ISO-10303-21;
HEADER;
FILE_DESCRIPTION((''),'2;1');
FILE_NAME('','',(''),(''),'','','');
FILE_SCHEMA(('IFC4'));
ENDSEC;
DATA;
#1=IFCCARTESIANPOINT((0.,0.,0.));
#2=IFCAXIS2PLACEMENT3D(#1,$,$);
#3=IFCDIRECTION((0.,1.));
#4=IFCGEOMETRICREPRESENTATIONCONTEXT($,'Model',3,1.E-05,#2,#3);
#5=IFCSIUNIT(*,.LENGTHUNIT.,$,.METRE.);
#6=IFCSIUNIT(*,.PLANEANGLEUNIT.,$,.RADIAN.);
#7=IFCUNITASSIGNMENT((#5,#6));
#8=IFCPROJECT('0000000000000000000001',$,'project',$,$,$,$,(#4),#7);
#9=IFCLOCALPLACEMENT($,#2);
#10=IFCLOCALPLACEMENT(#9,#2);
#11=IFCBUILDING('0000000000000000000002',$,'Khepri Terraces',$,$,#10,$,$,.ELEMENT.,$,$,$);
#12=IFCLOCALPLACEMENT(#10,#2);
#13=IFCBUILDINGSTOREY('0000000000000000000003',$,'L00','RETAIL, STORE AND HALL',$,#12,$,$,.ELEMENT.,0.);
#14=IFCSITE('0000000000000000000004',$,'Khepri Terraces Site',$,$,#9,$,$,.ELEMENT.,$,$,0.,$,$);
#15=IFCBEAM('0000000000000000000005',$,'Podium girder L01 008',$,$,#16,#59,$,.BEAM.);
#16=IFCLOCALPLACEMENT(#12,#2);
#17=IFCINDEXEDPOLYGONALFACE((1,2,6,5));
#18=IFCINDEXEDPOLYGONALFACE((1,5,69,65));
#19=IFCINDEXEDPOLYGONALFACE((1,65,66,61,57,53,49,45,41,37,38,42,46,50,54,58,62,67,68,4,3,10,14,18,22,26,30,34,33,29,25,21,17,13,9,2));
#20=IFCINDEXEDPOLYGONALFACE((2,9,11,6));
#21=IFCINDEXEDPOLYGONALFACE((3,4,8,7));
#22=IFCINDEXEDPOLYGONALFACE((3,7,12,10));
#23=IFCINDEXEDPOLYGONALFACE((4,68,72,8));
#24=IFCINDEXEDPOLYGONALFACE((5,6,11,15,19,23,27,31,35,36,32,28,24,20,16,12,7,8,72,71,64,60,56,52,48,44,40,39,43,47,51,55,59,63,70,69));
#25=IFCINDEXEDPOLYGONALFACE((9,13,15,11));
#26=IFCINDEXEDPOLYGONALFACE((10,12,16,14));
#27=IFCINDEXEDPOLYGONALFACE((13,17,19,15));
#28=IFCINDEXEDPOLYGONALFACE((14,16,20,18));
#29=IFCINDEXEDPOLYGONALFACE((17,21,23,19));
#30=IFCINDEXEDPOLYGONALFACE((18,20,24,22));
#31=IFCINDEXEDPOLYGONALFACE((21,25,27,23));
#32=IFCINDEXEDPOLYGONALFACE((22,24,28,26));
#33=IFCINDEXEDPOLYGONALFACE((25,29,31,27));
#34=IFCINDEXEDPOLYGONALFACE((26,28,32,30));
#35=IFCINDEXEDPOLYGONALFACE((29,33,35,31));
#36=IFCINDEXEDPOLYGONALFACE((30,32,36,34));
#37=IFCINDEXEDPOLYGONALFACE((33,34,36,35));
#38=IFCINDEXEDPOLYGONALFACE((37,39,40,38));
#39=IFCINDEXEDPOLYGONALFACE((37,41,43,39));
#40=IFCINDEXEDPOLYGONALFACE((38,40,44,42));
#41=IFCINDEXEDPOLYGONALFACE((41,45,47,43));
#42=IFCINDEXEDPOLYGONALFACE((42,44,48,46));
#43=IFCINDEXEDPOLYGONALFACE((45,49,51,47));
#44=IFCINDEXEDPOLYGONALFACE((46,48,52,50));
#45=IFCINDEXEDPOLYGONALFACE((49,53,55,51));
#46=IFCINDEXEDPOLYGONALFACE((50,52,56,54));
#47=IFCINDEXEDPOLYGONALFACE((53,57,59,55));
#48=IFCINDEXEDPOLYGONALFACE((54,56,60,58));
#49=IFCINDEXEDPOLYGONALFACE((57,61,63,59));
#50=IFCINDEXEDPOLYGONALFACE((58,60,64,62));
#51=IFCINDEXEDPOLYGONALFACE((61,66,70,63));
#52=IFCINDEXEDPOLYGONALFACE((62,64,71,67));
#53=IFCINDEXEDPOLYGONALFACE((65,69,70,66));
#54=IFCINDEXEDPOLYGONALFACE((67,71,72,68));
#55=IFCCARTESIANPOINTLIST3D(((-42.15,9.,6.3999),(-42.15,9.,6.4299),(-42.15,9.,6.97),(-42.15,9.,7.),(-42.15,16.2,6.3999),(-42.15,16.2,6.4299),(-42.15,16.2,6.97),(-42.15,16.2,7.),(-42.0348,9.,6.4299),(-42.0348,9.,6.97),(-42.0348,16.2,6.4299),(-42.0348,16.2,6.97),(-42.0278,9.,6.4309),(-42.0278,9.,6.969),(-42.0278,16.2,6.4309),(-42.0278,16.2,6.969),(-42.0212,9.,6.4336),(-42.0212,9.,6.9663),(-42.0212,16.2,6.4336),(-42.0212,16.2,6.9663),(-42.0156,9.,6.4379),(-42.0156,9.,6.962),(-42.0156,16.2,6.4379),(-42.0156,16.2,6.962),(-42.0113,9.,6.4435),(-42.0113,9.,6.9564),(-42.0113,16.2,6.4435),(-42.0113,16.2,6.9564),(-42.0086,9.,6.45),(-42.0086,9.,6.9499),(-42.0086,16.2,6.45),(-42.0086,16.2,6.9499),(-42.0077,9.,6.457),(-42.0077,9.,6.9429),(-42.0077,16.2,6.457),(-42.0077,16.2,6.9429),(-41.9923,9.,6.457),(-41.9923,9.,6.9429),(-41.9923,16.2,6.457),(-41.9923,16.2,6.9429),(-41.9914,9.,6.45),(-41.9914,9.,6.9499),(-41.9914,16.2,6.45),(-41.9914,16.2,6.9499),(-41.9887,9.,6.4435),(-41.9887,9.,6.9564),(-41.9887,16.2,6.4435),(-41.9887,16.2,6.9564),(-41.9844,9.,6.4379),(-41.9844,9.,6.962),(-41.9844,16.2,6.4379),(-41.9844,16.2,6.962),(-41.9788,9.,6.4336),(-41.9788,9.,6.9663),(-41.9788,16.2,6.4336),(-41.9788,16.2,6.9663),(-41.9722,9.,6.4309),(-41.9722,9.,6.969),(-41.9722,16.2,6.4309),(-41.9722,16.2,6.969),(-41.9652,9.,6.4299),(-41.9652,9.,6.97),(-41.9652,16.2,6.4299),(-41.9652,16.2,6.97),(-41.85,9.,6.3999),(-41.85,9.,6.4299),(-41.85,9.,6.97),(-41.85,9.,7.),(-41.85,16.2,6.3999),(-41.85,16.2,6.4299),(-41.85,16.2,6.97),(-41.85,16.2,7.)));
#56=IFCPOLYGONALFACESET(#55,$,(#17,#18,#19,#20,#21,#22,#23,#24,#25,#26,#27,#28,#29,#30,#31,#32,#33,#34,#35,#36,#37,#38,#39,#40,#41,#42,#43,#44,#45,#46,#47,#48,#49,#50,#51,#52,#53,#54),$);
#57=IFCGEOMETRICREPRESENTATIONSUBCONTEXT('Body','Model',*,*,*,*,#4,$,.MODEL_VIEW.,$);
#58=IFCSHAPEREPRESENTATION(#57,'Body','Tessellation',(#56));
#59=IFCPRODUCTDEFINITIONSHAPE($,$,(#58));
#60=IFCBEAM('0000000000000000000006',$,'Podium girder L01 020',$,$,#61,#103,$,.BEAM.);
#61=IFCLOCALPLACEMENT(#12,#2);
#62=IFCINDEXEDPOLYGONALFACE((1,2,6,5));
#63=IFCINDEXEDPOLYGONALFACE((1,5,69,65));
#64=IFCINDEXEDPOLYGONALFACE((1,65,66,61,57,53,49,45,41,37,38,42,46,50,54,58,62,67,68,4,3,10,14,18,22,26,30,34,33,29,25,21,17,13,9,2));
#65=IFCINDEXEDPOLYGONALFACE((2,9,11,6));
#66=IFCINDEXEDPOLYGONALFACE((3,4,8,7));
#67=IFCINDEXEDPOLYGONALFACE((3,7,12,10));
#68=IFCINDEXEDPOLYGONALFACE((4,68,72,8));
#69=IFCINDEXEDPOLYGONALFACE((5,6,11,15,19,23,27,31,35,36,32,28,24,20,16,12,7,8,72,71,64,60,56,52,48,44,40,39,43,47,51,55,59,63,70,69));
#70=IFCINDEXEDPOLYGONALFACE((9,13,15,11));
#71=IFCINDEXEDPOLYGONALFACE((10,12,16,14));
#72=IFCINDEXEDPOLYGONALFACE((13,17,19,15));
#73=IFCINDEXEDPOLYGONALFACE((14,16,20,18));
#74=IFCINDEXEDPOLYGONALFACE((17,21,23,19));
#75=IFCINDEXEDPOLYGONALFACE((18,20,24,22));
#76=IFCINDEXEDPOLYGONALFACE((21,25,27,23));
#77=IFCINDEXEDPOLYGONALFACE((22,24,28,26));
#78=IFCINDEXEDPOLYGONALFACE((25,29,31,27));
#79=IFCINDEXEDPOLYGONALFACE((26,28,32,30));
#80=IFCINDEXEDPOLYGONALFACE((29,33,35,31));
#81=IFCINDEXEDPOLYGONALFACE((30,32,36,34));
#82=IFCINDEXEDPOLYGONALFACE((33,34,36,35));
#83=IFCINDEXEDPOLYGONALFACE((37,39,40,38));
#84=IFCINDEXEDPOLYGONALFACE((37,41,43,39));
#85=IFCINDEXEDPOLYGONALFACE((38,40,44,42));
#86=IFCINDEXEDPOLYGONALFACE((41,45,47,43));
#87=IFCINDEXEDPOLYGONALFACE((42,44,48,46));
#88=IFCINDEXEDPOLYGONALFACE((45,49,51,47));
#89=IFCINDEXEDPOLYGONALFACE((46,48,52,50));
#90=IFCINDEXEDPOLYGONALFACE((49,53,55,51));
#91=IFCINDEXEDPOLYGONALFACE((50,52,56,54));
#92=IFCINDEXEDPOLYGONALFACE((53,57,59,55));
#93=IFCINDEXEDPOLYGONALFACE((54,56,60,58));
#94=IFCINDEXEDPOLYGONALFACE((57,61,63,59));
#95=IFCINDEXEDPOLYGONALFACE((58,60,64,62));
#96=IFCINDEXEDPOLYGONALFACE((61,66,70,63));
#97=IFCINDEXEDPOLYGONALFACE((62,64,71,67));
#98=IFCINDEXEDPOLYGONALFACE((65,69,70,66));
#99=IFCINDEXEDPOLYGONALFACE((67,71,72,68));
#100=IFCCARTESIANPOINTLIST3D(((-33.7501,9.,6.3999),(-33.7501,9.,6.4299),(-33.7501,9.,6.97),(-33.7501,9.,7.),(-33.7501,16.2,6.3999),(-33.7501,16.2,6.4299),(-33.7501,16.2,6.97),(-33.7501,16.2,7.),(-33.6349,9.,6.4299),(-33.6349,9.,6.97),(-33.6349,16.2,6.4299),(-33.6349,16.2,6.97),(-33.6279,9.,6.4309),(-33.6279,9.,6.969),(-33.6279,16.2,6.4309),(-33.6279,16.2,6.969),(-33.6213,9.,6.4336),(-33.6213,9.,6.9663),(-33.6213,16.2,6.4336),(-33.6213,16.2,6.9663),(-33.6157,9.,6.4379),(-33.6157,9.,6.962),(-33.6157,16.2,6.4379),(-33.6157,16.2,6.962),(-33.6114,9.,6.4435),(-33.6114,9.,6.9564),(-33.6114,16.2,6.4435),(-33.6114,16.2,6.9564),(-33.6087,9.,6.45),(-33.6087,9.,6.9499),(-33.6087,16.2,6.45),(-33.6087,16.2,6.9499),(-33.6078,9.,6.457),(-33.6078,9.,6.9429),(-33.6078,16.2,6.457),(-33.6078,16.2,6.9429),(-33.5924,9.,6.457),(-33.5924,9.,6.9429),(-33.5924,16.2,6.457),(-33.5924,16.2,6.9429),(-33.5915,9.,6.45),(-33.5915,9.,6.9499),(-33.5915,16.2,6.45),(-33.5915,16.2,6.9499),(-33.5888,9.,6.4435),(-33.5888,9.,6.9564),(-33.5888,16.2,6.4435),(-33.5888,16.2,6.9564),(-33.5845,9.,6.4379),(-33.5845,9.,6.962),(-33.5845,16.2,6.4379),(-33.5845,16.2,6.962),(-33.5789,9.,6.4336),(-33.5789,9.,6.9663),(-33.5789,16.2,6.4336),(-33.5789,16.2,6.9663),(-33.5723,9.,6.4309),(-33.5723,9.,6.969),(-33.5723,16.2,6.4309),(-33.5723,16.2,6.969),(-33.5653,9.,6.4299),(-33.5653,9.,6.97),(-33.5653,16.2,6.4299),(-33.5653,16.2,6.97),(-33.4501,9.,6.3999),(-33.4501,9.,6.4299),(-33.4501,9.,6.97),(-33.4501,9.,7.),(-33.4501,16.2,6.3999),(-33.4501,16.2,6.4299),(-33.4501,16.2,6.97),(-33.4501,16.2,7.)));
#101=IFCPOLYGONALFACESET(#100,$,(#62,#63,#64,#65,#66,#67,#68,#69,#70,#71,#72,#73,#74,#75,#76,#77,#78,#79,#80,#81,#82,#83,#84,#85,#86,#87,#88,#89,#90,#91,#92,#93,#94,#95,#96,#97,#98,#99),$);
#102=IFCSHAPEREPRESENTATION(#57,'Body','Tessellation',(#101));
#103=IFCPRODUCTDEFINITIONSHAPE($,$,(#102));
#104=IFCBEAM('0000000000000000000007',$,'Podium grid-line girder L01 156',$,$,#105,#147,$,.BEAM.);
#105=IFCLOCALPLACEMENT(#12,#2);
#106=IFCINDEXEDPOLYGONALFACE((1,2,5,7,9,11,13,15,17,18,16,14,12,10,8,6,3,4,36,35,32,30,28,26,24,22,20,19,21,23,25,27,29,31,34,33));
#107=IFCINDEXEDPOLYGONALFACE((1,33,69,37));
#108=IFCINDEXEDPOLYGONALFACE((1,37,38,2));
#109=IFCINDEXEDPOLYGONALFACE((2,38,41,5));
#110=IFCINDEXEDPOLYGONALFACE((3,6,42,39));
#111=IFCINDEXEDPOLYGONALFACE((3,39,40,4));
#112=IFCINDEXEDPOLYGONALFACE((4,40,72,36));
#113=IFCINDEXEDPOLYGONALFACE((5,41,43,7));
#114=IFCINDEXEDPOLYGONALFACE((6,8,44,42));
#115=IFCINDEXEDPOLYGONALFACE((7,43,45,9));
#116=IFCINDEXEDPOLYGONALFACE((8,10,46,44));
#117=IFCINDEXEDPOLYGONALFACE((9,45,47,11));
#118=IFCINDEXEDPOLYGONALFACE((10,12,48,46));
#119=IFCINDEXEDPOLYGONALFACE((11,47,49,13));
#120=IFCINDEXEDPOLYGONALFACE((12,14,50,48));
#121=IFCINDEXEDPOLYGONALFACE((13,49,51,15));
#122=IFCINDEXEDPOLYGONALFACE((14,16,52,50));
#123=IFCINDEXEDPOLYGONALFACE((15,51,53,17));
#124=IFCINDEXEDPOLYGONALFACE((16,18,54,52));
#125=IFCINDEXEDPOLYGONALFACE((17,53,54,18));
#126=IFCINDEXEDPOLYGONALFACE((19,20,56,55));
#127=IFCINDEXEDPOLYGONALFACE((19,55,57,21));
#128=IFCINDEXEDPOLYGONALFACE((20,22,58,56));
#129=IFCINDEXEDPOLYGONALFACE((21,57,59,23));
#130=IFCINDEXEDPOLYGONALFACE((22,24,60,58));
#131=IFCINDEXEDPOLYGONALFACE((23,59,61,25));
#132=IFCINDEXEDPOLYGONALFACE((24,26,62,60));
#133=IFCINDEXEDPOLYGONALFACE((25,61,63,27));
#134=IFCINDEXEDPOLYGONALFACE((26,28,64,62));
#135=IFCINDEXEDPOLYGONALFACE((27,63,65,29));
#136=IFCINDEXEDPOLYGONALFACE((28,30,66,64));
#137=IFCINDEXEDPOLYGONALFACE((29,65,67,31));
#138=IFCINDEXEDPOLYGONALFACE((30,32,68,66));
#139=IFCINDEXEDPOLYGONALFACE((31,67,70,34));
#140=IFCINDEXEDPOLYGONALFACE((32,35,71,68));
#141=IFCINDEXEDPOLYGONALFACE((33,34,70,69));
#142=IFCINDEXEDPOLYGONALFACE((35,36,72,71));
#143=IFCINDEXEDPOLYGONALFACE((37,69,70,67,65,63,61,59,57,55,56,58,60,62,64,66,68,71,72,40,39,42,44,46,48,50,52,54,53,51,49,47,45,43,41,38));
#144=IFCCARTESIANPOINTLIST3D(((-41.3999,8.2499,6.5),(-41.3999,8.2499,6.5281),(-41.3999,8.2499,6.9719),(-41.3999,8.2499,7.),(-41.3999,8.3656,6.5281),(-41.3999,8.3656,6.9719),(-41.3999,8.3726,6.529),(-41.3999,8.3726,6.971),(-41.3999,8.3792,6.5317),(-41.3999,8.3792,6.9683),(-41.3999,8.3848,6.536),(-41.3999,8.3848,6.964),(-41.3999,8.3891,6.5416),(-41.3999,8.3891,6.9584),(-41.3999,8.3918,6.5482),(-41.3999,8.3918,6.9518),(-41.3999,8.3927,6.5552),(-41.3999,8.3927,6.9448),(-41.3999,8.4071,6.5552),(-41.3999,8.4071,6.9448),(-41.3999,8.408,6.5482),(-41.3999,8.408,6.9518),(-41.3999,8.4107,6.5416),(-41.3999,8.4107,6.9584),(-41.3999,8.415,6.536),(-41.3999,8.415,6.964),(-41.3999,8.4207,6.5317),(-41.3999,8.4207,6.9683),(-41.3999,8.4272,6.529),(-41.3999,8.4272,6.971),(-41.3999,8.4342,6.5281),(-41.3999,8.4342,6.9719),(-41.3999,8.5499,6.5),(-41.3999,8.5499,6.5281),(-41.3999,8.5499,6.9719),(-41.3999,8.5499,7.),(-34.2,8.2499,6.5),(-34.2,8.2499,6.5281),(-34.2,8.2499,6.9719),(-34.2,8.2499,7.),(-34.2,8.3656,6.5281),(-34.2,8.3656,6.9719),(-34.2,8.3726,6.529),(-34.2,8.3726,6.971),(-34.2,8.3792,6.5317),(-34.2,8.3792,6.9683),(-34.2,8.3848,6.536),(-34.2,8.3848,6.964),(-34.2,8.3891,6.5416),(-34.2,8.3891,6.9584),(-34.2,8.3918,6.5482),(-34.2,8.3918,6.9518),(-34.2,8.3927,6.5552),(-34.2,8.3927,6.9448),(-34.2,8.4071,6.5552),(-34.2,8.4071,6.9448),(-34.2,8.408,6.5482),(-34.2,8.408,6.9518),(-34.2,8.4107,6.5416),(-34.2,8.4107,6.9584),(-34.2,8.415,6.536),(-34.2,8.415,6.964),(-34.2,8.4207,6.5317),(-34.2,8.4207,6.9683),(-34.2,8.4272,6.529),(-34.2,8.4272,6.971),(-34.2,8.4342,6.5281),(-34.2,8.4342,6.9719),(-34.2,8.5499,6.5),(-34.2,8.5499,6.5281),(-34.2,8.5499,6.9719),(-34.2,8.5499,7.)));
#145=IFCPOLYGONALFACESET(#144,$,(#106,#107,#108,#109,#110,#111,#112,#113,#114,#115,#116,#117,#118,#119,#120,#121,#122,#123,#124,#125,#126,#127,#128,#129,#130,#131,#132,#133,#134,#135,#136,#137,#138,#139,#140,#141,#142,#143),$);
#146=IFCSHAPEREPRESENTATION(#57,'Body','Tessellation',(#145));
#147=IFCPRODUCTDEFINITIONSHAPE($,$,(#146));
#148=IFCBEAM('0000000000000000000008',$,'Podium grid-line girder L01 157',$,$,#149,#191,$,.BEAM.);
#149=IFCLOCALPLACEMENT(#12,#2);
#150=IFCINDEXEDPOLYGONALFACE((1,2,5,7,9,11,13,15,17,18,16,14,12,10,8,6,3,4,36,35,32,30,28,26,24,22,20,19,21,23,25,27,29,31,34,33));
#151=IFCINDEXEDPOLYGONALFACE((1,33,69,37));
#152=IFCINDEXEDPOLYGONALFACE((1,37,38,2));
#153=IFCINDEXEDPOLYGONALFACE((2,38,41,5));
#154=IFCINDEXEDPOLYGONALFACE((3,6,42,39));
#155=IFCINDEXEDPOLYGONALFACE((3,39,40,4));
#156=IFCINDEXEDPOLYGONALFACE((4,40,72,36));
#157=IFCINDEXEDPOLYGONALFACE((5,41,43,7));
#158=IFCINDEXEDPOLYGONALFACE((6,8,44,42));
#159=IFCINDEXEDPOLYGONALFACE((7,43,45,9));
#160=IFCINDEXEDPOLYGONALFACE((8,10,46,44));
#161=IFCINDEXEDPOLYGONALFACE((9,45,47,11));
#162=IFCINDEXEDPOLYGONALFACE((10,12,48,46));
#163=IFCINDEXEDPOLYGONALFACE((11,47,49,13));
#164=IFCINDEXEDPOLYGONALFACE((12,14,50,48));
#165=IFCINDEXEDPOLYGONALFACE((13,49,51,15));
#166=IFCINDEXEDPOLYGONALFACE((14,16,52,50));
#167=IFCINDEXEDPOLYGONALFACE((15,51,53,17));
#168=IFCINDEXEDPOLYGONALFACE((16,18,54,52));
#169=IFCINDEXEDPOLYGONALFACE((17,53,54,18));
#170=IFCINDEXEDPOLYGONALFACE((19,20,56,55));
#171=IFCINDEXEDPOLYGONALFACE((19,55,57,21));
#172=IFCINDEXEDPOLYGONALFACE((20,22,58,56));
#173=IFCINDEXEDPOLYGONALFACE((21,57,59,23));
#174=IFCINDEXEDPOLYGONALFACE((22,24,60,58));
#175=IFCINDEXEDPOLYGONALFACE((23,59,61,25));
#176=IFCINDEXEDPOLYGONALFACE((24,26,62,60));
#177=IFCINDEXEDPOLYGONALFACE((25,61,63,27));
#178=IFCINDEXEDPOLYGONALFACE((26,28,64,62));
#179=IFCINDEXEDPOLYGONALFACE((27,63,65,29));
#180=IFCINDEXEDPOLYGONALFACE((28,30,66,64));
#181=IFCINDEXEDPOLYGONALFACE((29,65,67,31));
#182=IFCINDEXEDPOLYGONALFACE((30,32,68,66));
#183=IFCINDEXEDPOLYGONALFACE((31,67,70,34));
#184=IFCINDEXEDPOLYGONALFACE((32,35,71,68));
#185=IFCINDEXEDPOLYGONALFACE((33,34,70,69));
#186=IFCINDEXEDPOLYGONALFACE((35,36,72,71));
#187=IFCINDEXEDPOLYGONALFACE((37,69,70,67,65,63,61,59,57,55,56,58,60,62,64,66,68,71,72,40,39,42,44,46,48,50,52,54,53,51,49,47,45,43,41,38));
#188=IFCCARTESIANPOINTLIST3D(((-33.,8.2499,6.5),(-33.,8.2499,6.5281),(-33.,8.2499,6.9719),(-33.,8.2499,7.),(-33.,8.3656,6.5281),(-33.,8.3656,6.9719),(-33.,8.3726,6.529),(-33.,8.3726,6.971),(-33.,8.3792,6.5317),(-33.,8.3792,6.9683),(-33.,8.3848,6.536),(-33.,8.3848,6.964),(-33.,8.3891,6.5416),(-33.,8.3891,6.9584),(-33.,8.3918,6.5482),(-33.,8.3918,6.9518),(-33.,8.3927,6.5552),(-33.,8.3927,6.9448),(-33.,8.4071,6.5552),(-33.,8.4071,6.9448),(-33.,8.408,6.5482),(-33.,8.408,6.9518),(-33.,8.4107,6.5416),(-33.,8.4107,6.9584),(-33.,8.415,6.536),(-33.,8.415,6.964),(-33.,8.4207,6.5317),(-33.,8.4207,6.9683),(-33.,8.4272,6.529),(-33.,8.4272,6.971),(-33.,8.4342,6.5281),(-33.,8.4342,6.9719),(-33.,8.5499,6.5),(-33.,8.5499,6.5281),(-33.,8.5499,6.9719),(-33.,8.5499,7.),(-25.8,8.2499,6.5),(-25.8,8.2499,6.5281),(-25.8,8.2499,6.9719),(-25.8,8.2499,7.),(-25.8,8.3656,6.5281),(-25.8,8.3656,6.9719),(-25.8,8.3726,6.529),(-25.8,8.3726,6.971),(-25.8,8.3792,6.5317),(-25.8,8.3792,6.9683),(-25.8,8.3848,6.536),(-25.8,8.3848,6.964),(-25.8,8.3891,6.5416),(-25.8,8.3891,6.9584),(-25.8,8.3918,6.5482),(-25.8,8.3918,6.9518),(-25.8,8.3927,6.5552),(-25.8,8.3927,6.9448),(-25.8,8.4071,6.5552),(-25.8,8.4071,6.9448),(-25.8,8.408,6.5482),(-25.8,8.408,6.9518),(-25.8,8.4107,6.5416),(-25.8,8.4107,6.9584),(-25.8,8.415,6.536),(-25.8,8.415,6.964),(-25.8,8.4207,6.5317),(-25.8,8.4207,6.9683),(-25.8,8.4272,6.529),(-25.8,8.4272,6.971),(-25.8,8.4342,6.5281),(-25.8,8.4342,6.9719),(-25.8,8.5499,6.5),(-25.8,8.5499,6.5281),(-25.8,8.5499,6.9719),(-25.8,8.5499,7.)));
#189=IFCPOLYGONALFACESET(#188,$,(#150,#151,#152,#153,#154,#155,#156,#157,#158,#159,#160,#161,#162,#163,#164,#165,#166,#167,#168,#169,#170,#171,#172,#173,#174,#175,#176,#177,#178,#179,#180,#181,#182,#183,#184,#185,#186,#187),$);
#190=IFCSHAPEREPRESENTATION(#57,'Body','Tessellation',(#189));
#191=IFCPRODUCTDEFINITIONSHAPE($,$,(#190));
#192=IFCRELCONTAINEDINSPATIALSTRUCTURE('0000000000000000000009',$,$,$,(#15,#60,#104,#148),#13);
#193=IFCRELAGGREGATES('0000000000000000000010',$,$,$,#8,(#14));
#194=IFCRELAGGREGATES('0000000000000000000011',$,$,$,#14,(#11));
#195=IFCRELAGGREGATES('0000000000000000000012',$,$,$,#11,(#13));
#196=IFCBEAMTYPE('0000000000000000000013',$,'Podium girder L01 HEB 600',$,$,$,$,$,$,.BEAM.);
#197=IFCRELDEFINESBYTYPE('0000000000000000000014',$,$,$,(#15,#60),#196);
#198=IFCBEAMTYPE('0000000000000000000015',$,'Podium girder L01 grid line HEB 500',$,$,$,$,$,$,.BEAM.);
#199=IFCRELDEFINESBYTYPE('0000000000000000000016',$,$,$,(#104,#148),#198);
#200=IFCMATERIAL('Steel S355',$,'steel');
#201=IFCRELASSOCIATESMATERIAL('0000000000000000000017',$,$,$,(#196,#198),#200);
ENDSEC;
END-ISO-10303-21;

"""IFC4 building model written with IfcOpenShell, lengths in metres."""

from ifc_helpers import new_model, si_unit, direction, frame, origin, origin_2d, place, context, subcontext, project, spatial, i_section, extrude, material, material_profile, profile_set, type_object, element, save


model = new_model("IFC4")

# Units and contexts
model_context = context("Model", 3, precision=1e-05, world=origin(), true_north=direction((0.0, 1.0)))
body_context = subcontext(model_context, "Body", "Model", "MODEL_VIEW")
ifc_project = project(units=[si_unit("LENGTHUNIT", "METRE"), si_unit("PLANEANGLEUNIT", "RADIAN")], contexts=[model_context])

# Site, building, storey
site_placement = place(None, origin())
site = spatial("IfcSite", under=ifc_project, at=site_placement, Name="Khepri Terraces Site", CompositionType="ELEMENT", RefElevation=0.0)
building_placement = place(site_placement, origin())
building = spatial("IfcBuilding", under=site, at=building_placement, Name="Khepri Terraces", CompositionType="ELEMENT")
storey_placement = place(building_placement, origin())
storey = spatial("IfcBuildingStorey", under=building, at=storey_placement, Name="L00", Description="RETAIL, STORE AND HALL", CompositionType="ELEMENT", Elevation=0.0)

# Beams
ifc_material_1 = material(Name="Steel S355", Category="steel")
ifc_material_profile_1 = material_profile(ifc_material_1, i_section(OverallWidth=0.3, OverallDepth=0.6001, WebThickness=0.0154, FlangeThickness=0.03, FilletRadius=0.0271, at=origin_2d()), Name="Steel S355", Category="steel")
ifc_profile_set_1 = profile_set([ifc_material_profile_1], Name="Steel S355")
beam_type_1 = type_object("IfcBeamType", Name="Podium girder L01 HEB 600", PredefinedType="BEAM", material=ifc_profile_set_1)
for number, where, z_axis, x_axis, name in (
    (1, (-42.0, 9.0, 6.7), (0.0, 1.0, 0.0), (-1.0, 0.0, 0.0), "Podium girder L01 008"),
    (2, (-33.6001, 9.0, 6.7), (0.0, 1.0, 0.0), (-1.0, 0.0, 0.0), "Podium girder L01 020"),
):
    element("IfcBeam", number, at=place(storey_placement, frame(where, z_axis=z_axis, x_axis=x_axis)), inside=storey, type_object=beam_type_1, Name=name, PredefinedType="BEAM", context=body_context, shape_type="SweptSolid", body=[
        extrude(i_section(OverallWidth=0.3, OverallDepth=0.6001, WebThickness=0.0154, FlangeThickness=0.03, FilletRadius=0.0271, at=origin_2d()), origin(), (0.0, 0.0, 1.0), 7.2),
    ])
ifc_material_profile_2 = material_profile(ifc_material_1, i_section(OverallWidth=0.3, OverallDepth=0.5, WebThickness=0.0144, FlangeThickness=0.0281, FilletRadius=0.0271, at=origin_2d()), Name="Steel S355", Category="steel")
ifc_profile_set_2 = profile_set([ifc_material_profile_2], Name="Steel S355")
beam_type_2 = type_object("IfcBeamType", Name="Podium girder L01 grid line HEB 500", PredefinedType="BEAM", material=ifc_profile_set_2)
for number, where, z_axis, x_axis, name in (
    (3, (-41.3999, 8.3999, 6.75), (1.0, 0.0, 0.0), (0.0, 1.0, 0.0), "Podium grid-line girder L01 156"),
    (4, (-33.0, 8.3999, 6.75), (1.0, 0.0, 0.0), (0.0, 1.0, 0.0), "Podium grid-line girder L01 157"),
):
    element("IfcBeam", number, at=place(storey_placement, frame(where, z_axis=z_axis, x_axis=x_axis)), inside=storey, type_object=beam_type_2, Name=name, PredefinedType="BEAM", context=body_context, shape_type="SweptSolid", body=[
        extrude(i_section(OverallWidth=0.3, OverallDepth=0.5, WebThickness=0.0144, FlangeThickness=0.0281, FilletRadius=0.0271, at=origin_2d()), origin(), (0.0, 0.0, 1.0), 7.2),
    ])

save(model, "model.ifc")
